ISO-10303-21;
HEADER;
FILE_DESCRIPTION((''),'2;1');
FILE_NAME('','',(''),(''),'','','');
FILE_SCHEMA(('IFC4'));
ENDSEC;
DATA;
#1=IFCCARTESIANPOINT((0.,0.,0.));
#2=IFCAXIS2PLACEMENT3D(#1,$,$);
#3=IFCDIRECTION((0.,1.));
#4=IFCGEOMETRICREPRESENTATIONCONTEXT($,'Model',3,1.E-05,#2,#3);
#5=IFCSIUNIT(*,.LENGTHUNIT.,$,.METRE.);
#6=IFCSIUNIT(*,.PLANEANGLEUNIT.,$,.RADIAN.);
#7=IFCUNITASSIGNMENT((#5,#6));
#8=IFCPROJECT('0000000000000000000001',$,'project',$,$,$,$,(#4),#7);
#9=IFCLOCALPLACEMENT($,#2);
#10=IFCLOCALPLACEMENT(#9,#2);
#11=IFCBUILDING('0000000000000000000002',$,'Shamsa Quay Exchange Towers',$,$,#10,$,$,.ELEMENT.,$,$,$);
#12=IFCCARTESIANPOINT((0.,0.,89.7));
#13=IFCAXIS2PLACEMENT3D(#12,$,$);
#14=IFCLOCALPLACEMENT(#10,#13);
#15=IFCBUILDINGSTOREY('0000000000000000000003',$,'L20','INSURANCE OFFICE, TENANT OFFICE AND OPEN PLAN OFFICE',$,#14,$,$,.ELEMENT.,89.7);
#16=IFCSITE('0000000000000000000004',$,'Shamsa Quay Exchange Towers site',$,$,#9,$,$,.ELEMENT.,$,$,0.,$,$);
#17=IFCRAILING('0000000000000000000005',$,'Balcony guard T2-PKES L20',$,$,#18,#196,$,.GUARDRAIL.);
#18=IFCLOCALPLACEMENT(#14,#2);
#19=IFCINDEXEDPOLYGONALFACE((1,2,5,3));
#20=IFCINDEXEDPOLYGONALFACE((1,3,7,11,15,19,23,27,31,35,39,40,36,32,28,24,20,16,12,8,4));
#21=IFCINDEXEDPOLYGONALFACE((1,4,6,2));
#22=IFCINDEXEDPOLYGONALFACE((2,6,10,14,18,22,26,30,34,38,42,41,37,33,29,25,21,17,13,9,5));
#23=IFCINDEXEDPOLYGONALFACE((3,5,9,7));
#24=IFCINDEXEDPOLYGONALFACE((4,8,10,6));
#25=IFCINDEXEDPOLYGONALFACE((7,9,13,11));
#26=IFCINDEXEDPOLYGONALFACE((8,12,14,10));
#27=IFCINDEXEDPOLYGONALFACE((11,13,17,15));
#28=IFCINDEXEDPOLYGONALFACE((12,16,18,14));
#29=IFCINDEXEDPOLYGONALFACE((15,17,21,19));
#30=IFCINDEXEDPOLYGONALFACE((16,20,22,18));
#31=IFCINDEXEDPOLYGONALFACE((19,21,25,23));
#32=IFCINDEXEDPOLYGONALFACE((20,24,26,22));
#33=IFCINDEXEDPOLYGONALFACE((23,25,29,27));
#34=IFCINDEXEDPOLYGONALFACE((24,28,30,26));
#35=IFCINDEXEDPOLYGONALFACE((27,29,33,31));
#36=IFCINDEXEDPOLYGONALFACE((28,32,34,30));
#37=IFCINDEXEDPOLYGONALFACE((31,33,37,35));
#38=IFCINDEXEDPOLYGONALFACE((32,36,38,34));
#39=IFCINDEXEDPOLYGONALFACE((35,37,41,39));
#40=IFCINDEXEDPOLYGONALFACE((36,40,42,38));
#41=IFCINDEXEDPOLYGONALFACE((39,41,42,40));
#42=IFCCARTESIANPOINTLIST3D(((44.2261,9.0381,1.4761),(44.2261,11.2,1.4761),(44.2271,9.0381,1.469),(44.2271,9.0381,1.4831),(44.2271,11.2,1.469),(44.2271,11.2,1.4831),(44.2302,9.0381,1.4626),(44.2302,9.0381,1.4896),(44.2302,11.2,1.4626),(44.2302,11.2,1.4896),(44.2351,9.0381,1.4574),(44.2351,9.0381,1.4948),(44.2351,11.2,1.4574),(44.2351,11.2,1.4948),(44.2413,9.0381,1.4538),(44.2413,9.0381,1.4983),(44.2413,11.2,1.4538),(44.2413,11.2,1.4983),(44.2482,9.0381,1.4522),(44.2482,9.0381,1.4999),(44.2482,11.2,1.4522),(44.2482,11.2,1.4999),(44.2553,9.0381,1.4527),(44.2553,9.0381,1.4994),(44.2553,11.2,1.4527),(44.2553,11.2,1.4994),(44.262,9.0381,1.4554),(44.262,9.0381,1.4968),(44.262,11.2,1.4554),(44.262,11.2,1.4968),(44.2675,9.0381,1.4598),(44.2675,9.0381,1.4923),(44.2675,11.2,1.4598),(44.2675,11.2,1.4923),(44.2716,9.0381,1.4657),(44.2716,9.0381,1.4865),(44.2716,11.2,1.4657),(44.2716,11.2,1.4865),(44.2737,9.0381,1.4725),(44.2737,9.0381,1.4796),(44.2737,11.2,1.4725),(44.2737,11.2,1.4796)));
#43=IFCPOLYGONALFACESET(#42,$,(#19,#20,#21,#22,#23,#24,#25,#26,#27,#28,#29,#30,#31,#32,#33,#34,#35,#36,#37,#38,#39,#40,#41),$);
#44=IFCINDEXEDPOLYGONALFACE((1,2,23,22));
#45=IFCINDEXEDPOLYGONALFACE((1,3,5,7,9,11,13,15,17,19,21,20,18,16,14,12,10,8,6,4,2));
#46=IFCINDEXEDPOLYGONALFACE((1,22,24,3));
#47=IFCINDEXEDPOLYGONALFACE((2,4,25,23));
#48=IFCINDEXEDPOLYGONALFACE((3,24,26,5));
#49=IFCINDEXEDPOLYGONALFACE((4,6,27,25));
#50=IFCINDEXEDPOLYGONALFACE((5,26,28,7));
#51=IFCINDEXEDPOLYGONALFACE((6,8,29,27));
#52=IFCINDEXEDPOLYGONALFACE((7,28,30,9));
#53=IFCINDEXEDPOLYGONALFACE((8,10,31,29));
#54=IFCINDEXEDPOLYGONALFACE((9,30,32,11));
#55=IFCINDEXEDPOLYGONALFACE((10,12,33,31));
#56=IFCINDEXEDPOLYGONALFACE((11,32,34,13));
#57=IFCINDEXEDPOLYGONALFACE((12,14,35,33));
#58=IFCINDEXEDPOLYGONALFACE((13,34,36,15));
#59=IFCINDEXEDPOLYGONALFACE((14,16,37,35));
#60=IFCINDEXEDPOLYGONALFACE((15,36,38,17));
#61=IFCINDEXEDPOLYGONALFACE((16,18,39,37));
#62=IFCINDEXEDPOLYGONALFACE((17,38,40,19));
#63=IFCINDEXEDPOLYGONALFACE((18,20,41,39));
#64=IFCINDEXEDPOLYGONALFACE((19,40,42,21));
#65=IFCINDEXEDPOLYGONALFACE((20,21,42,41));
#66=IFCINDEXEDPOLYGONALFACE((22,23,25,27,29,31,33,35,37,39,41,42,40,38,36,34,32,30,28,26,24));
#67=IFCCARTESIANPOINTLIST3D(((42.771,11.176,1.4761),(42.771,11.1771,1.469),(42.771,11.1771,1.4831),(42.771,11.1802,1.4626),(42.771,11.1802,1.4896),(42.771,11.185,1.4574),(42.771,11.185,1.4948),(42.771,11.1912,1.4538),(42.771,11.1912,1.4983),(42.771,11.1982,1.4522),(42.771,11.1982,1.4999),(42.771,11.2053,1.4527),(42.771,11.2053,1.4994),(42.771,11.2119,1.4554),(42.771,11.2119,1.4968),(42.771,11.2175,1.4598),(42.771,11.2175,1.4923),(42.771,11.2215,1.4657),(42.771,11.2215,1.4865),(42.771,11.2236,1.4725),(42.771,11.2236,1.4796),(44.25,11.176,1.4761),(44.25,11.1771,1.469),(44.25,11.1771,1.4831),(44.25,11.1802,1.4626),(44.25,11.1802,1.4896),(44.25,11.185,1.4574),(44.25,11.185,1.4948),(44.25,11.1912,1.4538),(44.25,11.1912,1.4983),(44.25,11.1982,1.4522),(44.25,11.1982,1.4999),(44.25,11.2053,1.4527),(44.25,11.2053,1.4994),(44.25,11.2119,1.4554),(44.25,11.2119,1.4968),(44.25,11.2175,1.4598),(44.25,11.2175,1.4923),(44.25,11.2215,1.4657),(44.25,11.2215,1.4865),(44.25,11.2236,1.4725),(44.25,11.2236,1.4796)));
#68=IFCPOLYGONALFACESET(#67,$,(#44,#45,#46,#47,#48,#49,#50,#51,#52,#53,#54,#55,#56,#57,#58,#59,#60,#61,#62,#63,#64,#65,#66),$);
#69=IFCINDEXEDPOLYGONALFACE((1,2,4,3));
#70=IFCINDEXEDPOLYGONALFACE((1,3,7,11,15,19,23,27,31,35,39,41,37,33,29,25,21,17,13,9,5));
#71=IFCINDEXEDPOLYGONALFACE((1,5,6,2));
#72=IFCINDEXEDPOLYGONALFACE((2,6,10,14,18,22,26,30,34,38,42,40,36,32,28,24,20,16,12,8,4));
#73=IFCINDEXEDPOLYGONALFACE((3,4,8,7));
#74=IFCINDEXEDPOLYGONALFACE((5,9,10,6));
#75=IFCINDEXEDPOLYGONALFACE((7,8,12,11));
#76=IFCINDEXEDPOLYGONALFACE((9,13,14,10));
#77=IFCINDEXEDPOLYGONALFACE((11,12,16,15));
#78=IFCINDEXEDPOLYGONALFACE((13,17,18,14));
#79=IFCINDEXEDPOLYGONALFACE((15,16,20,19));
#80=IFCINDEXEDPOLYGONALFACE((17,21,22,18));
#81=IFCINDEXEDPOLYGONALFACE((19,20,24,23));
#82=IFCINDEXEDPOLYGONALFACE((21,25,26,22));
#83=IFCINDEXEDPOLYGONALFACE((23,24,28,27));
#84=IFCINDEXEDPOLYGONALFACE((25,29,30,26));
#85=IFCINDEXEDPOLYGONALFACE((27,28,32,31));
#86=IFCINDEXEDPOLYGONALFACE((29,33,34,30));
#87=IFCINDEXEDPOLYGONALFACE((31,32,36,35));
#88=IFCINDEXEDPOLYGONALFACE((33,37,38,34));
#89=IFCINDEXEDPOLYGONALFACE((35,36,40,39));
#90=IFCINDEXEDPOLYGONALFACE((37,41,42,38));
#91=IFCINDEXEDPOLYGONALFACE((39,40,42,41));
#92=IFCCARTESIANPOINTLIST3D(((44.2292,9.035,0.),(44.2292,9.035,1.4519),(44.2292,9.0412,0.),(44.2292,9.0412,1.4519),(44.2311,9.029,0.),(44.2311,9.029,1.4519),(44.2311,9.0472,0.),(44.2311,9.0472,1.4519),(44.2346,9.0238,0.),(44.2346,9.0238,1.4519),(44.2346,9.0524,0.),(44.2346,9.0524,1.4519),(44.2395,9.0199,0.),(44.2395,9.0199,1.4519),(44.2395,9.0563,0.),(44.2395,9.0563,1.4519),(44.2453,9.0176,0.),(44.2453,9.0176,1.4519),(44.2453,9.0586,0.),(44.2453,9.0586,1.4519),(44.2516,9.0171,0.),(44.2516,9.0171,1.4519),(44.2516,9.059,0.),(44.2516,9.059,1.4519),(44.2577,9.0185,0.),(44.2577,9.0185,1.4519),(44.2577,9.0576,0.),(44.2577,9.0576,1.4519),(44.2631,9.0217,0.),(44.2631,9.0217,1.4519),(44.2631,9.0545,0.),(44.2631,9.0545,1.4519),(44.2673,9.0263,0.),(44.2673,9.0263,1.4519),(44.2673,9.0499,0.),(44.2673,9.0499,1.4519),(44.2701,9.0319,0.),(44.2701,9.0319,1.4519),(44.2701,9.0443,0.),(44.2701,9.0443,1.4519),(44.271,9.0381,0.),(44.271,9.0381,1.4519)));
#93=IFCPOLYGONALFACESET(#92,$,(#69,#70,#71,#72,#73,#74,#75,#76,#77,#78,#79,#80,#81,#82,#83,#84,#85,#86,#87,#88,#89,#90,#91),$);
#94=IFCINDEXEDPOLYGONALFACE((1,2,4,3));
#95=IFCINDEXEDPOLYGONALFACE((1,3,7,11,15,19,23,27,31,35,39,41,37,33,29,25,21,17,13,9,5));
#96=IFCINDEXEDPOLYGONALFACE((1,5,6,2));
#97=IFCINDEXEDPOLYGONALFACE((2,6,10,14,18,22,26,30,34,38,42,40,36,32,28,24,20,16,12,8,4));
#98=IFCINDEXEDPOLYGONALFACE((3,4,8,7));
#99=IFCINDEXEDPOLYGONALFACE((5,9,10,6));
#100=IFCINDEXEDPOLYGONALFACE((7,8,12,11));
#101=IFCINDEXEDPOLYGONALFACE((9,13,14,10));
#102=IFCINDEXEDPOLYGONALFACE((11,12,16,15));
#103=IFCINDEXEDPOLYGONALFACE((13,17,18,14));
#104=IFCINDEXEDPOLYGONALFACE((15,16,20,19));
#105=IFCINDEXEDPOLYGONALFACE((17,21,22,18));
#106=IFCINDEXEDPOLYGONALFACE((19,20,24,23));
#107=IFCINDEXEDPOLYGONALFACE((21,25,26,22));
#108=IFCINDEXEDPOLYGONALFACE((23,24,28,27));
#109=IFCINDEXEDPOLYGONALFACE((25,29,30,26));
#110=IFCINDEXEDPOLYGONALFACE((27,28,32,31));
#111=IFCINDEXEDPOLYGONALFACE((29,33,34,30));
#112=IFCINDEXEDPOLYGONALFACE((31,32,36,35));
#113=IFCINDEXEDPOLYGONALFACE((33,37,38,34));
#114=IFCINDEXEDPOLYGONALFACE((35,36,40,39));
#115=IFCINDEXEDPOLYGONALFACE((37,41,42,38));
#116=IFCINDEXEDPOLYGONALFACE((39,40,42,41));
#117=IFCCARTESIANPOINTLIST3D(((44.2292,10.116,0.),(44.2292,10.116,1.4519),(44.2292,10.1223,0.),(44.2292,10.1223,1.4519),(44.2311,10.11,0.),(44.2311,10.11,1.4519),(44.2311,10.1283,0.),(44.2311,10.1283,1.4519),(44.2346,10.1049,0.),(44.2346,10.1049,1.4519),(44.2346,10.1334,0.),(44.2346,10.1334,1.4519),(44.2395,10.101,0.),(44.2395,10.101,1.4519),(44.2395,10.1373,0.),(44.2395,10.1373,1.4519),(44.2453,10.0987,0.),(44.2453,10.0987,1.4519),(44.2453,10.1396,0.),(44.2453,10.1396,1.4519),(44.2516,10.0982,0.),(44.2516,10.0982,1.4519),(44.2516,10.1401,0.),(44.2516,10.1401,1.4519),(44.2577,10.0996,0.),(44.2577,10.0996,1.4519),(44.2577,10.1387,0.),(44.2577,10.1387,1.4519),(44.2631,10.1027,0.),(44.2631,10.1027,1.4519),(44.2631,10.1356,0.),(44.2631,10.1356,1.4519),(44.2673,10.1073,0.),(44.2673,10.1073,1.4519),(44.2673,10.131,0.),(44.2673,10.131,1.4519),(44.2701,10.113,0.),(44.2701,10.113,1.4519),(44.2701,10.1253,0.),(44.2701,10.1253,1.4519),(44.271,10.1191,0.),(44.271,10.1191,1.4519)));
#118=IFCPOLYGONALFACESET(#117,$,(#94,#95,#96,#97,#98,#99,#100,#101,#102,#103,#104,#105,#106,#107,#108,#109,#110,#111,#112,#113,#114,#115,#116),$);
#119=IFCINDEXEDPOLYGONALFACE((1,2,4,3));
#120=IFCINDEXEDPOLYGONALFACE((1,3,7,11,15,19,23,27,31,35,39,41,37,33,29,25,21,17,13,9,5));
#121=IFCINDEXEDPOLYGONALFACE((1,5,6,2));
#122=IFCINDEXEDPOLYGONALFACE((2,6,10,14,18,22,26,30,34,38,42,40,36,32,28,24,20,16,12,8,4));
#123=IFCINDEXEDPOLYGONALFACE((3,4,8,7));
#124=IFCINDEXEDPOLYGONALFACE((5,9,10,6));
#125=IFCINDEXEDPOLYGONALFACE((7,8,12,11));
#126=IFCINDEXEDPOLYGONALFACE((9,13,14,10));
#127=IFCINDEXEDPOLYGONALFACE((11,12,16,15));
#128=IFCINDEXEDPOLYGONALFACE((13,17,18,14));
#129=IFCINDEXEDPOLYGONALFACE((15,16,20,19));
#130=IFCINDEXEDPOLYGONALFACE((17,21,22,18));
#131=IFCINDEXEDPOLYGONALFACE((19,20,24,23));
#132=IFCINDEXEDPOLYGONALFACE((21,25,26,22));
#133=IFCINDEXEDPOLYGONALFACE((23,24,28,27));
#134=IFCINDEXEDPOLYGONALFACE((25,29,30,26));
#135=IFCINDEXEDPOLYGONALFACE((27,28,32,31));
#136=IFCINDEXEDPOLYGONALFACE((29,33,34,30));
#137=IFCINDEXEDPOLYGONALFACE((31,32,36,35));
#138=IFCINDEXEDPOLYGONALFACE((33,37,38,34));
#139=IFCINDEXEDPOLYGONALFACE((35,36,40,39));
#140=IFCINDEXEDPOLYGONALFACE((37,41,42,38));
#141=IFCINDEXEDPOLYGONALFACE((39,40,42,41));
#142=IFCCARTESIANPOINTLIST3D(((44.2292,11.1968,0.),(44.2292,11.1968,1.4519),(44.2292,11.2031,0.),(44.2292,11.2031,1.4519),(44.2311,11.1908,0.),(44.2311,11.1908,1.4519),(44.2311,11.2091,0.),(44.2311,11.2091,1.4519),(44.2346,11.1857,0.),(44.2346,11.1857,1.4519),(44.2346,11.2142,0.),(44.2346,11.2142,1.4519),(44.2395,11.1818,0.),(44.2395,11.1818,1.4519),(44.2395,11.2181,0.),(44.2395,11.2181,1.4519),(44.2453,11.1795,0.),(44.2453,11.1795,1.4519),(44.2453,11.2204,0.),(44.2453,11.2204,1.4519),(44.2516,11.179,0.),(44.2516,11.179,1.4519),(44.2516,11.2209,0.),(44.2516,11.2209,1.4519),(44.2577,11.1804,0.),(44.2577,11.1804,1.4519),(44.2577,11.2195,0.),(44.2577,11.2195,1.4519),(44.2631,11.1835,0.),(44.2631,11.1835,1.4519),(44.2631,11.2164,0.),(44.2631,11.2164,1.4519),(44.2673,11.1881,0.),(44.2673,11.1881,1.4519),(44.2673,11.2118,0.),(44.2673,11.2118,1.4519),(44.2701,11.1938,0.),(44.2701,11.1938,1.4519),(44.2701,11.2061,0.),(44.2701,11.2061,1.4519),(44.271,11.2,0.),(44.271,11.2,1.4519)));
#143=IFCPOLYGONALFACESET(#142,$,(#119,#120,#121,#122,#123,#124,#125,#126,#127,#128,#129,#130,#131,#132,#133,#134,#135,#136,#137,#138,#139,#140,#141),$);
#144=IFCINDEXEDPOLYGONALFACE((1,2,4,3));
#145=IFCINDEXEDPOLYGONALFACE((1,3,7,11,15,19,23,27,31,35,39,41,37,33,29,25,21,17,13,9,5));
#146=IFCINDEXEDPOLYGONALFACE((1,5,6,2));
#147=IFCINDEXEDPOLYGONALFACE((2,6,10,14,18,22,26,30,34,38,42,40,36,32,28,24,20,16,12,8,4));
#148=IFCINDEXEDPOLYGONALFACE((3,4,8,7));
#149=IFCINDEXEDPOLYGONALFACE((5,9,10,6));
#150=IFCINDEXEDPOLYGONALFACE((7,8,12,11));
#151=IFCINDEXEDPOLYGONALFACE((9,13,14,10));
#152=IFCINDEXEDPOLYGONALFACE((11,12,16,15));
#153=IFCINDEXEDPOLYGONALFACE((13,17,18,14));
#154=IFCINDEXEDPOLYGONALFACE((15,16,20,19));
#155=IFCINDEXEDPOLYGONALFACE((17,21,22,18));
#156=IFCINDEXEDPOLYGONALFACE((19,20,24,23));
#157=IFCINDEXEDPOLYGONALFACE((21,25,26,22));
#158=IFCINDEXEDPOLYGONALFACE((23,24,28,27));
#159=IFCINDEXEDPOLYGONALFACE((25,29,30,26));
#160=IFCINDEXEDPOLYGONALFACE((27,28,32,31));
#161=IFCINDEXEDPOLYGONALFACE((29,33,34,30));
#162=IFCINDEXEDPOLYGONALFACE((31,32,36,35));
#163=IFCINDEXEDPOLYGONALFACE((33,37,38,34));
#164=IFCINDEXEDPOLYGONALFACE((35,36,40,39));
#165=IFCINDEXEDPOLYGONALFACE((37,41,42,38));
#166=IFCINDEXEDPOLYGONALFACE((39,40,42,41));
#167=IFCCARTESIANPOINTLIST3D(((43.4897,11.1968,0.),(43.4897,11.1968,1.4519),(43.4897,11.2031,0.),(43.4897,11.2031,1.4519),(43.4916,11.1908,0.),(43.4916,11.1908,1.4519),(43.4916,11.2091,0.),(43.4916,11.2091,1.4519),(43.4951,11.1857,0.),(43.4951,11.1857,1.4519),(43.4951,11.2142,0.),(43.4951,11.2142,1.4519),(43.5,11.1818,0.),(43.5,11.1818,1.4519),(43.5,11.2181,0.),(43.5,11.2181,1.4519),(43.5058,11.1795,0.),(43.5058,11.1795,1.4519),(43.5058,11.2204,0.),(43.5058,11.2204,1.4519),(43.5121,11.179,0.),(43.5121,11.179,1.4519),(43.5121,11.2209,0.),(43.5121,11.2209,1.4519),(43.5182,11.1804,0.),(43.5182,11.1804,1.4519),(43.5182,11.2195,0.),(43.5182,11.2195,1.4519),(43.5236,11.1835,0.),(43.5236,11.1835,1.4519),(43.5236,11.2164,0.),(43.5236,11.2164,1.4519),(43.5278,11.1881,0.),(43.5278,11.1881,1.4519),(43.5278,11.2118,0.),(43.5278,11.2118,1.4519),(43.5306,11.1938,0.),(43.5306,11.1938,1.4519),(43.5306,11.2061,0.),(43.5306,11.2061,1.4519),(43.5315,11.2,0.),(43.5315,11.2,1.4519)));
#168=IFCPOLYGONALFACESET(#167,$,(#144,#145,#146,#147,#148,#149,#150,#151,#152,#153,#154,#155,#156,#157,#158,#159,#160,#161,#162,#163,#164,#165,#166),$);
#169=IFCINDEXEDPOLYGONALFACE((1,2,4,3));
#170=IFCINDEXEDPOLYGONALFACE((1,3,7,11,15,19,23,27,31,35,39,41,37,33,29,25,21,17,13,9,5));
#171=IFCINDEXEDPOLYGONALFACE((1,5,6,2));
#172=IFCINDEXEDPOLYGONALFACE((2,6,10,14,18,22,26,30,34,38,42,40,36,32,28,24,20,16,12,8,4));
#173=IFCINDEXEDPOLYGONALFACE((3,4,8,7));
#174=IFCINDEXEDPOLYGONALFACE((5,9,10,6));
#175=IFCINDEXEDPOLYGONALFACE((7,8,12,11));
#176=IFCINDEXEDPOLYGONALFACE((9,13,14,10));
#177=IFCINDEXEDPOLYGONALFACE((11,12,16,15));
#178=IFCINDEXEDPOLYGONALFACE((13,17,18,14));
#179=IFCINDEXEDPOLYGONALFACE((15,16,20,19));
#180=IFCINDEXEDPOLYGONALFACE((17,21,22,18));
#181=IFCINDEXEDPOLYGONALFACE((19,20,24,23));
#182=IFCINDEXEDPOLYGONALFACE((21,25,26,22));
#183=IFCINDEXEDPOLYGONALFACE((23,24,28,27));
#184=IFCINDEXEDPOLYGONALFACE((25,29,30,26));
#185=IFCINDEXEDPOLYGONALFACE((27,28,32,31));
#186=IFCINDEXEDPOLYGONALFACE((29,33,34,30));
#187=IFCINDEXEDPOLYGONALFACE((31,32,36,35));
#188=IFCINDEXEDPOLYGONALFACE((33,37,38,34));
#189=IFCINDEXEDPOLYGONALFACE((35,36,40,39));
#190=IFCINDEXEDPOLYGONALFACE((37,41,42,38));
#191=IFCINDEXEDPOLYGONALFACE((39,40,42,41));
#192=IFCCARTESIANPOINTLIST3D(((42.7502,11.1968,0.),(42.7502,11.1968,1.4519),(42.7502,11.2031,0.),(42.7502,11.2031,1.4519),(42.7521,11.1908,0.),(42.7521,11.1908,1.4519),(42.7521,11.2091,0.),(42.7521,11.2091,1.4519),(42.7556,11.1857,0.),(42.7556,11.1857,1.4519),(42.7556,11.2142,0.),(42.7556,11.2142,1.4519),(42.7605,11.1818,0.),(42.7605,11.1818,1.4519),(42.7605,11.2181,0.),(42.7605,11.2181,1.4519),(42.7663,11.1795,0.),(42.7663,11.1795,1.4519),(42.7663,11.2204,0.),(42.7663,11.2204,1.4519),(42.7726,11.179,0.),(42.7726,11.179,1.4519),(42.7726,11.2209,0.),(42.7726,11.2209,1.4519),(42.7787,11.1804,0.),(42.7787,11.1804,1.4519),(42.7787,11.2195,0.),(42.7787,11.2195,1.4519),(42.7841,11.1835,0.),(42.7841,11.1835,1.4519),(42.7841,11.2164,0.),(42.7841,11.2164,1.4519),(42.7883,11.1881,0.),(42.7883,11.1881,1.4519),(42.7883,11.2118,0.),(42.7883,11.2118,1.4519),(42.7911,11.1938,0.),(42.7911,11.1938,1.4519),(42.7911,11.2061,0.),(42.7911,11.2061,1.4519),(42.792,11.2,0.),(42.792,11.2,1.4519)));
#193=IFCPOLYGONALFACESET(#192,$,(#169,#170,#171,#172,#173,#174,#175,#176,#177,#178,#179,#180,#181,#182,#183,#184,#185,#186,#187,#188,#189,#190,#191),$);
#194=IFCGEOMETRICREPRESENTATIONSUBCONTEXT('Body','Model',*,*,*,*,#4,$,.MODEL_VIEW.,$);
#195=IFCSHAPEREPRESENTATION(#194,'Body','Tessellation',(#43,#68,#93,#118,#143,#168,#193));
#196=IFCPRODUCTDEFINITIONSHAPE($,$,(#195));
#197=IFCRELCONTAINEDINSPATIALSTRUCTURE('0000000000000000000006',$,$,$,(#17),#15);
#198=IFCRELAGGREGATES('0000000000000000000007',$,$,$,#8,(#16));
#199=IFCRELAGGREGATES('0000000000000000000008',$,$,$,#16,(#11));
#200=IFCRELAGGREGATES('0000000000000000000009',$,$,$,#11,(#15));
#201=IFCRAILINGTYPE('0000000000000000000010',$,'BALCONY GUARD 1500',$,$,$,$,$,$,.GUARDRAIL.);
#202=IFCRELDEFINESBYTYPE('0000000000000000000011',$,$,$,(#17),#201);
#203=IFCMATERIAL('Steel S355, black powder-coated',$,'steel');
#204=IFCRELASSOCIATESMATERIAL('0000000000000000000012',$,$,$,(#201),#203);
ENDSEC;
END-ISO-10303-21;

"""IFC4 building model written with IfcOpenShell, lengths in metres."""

from ifc_helpers import new_model, si_unit, direction, frame, origin, origin_2d, place, context, subcontext, project, spatial, circle, extrude, material, type_object, element, save


model = new_model("IFC4")

# Units and contexts
model_context = context("Model", 3, precision=1e-05, world=origin(), true_north=direction((0.0, 1.0)))
body_context = subcontext(model_context, "Body", "Model", "MODEL_VIEW")
ifc_project = project(units=[si_unit("LENGTHUNIT", "METRE"), si_unit("PLANEANGLEUNIT", "RADIAN")], contexts=[model_context])

# Site, building, storey
site_placement = place(None, origin())
site = spatial("IfcSite", under=ifc_project, at=site_placement, Name="Shamsa Quay Exchange Towers site", CompositionType="ELEMENT", RefElevation=0.0)
building_placement = place(site_placement, origin())
building = spatial("IfcBuilding", under=site, at=building_placement, Name="Shamsa Quay Exchange Towers", CompositionType="ELEMENT")
storey_placement = place(building_placement, frame((0.0, 0.0, 89.7)))
storey = spatial("IfcBuildingStorey", under=building, at=storey_placement, Name="L20", Description="INSURANCE OFFICE, TENANT OFFICE AND OPEN PLAN OFFICE", CompositionType="ELEMENT", Elevation=89.7)

# Railing
ifc_material_1 = material(Name="Steel S355, black powder-coated", Category="steel")
railing_type_1 = type_object("IfcRailingType", Name="BALCONY GUARD 1500", PredefinedType="GUARDRAIL", material=ifc_material_1)
for number, where, name in (
    (1, (44.25, 9.0381, 0.0), "Balcony guard T2-PKES L20"),
):
    element("IfcRailing", number, at=place(storey_placement, frame(where)), inside=storey, type_object=railing_type_1, Name=name, PredefinedType="GUARDRAIL", context=body_context, shape_type="SweptSolid", body=[
        extrude(circle(Radius=0.0239, at=origin_2d()), frame((0.0, 0.0, 1.4761), z_axis=(0.0, 1.0, 0.0), x_axis=(-1.0, 0.0, 0.0)), (0.0, 0.0, 1.0), 2.1619),
        extrude(circle(Radius=0.0239, at=origin_2d()), frame((0.0, 2.1619, 1.4761), z_axis=(-1.0, 0.0, 0.0), x_axis=(0.0, -1.0, 0.0)), (0.0, 0.0, 1.0), 1.479),
        extrude(circle(Radius=0.021, at=origin_2d()), origin(), (0.0, 0.0, 1.0), 1.4519),
        extrude(circle(Radius=0.021, at=origin_2d()), frame((0.0, 1.0811, 0.0)), (0.0, 0.0, 1.0), 1.4519),
        extrude(circle(Radius=0.021, at=origin_2d()), frame((0.0, 2.1619, 0.0)), (0.0, 0.0, 1.0), 1.4519),
        extrude(circle(Radius=0.021, at=origin_2d()), frame((-0.7395, 2.1619, 0.0)), (0.0, 0.0, 1.0), 1.4519),
        extrude(circle(Radius=0.021, at=origin_2d()), frame((-1.479, 2.1619, 0.0)), (0.0, 0.0, 1.0), 1.4519),
    ])

save(model, "model.ifc")
